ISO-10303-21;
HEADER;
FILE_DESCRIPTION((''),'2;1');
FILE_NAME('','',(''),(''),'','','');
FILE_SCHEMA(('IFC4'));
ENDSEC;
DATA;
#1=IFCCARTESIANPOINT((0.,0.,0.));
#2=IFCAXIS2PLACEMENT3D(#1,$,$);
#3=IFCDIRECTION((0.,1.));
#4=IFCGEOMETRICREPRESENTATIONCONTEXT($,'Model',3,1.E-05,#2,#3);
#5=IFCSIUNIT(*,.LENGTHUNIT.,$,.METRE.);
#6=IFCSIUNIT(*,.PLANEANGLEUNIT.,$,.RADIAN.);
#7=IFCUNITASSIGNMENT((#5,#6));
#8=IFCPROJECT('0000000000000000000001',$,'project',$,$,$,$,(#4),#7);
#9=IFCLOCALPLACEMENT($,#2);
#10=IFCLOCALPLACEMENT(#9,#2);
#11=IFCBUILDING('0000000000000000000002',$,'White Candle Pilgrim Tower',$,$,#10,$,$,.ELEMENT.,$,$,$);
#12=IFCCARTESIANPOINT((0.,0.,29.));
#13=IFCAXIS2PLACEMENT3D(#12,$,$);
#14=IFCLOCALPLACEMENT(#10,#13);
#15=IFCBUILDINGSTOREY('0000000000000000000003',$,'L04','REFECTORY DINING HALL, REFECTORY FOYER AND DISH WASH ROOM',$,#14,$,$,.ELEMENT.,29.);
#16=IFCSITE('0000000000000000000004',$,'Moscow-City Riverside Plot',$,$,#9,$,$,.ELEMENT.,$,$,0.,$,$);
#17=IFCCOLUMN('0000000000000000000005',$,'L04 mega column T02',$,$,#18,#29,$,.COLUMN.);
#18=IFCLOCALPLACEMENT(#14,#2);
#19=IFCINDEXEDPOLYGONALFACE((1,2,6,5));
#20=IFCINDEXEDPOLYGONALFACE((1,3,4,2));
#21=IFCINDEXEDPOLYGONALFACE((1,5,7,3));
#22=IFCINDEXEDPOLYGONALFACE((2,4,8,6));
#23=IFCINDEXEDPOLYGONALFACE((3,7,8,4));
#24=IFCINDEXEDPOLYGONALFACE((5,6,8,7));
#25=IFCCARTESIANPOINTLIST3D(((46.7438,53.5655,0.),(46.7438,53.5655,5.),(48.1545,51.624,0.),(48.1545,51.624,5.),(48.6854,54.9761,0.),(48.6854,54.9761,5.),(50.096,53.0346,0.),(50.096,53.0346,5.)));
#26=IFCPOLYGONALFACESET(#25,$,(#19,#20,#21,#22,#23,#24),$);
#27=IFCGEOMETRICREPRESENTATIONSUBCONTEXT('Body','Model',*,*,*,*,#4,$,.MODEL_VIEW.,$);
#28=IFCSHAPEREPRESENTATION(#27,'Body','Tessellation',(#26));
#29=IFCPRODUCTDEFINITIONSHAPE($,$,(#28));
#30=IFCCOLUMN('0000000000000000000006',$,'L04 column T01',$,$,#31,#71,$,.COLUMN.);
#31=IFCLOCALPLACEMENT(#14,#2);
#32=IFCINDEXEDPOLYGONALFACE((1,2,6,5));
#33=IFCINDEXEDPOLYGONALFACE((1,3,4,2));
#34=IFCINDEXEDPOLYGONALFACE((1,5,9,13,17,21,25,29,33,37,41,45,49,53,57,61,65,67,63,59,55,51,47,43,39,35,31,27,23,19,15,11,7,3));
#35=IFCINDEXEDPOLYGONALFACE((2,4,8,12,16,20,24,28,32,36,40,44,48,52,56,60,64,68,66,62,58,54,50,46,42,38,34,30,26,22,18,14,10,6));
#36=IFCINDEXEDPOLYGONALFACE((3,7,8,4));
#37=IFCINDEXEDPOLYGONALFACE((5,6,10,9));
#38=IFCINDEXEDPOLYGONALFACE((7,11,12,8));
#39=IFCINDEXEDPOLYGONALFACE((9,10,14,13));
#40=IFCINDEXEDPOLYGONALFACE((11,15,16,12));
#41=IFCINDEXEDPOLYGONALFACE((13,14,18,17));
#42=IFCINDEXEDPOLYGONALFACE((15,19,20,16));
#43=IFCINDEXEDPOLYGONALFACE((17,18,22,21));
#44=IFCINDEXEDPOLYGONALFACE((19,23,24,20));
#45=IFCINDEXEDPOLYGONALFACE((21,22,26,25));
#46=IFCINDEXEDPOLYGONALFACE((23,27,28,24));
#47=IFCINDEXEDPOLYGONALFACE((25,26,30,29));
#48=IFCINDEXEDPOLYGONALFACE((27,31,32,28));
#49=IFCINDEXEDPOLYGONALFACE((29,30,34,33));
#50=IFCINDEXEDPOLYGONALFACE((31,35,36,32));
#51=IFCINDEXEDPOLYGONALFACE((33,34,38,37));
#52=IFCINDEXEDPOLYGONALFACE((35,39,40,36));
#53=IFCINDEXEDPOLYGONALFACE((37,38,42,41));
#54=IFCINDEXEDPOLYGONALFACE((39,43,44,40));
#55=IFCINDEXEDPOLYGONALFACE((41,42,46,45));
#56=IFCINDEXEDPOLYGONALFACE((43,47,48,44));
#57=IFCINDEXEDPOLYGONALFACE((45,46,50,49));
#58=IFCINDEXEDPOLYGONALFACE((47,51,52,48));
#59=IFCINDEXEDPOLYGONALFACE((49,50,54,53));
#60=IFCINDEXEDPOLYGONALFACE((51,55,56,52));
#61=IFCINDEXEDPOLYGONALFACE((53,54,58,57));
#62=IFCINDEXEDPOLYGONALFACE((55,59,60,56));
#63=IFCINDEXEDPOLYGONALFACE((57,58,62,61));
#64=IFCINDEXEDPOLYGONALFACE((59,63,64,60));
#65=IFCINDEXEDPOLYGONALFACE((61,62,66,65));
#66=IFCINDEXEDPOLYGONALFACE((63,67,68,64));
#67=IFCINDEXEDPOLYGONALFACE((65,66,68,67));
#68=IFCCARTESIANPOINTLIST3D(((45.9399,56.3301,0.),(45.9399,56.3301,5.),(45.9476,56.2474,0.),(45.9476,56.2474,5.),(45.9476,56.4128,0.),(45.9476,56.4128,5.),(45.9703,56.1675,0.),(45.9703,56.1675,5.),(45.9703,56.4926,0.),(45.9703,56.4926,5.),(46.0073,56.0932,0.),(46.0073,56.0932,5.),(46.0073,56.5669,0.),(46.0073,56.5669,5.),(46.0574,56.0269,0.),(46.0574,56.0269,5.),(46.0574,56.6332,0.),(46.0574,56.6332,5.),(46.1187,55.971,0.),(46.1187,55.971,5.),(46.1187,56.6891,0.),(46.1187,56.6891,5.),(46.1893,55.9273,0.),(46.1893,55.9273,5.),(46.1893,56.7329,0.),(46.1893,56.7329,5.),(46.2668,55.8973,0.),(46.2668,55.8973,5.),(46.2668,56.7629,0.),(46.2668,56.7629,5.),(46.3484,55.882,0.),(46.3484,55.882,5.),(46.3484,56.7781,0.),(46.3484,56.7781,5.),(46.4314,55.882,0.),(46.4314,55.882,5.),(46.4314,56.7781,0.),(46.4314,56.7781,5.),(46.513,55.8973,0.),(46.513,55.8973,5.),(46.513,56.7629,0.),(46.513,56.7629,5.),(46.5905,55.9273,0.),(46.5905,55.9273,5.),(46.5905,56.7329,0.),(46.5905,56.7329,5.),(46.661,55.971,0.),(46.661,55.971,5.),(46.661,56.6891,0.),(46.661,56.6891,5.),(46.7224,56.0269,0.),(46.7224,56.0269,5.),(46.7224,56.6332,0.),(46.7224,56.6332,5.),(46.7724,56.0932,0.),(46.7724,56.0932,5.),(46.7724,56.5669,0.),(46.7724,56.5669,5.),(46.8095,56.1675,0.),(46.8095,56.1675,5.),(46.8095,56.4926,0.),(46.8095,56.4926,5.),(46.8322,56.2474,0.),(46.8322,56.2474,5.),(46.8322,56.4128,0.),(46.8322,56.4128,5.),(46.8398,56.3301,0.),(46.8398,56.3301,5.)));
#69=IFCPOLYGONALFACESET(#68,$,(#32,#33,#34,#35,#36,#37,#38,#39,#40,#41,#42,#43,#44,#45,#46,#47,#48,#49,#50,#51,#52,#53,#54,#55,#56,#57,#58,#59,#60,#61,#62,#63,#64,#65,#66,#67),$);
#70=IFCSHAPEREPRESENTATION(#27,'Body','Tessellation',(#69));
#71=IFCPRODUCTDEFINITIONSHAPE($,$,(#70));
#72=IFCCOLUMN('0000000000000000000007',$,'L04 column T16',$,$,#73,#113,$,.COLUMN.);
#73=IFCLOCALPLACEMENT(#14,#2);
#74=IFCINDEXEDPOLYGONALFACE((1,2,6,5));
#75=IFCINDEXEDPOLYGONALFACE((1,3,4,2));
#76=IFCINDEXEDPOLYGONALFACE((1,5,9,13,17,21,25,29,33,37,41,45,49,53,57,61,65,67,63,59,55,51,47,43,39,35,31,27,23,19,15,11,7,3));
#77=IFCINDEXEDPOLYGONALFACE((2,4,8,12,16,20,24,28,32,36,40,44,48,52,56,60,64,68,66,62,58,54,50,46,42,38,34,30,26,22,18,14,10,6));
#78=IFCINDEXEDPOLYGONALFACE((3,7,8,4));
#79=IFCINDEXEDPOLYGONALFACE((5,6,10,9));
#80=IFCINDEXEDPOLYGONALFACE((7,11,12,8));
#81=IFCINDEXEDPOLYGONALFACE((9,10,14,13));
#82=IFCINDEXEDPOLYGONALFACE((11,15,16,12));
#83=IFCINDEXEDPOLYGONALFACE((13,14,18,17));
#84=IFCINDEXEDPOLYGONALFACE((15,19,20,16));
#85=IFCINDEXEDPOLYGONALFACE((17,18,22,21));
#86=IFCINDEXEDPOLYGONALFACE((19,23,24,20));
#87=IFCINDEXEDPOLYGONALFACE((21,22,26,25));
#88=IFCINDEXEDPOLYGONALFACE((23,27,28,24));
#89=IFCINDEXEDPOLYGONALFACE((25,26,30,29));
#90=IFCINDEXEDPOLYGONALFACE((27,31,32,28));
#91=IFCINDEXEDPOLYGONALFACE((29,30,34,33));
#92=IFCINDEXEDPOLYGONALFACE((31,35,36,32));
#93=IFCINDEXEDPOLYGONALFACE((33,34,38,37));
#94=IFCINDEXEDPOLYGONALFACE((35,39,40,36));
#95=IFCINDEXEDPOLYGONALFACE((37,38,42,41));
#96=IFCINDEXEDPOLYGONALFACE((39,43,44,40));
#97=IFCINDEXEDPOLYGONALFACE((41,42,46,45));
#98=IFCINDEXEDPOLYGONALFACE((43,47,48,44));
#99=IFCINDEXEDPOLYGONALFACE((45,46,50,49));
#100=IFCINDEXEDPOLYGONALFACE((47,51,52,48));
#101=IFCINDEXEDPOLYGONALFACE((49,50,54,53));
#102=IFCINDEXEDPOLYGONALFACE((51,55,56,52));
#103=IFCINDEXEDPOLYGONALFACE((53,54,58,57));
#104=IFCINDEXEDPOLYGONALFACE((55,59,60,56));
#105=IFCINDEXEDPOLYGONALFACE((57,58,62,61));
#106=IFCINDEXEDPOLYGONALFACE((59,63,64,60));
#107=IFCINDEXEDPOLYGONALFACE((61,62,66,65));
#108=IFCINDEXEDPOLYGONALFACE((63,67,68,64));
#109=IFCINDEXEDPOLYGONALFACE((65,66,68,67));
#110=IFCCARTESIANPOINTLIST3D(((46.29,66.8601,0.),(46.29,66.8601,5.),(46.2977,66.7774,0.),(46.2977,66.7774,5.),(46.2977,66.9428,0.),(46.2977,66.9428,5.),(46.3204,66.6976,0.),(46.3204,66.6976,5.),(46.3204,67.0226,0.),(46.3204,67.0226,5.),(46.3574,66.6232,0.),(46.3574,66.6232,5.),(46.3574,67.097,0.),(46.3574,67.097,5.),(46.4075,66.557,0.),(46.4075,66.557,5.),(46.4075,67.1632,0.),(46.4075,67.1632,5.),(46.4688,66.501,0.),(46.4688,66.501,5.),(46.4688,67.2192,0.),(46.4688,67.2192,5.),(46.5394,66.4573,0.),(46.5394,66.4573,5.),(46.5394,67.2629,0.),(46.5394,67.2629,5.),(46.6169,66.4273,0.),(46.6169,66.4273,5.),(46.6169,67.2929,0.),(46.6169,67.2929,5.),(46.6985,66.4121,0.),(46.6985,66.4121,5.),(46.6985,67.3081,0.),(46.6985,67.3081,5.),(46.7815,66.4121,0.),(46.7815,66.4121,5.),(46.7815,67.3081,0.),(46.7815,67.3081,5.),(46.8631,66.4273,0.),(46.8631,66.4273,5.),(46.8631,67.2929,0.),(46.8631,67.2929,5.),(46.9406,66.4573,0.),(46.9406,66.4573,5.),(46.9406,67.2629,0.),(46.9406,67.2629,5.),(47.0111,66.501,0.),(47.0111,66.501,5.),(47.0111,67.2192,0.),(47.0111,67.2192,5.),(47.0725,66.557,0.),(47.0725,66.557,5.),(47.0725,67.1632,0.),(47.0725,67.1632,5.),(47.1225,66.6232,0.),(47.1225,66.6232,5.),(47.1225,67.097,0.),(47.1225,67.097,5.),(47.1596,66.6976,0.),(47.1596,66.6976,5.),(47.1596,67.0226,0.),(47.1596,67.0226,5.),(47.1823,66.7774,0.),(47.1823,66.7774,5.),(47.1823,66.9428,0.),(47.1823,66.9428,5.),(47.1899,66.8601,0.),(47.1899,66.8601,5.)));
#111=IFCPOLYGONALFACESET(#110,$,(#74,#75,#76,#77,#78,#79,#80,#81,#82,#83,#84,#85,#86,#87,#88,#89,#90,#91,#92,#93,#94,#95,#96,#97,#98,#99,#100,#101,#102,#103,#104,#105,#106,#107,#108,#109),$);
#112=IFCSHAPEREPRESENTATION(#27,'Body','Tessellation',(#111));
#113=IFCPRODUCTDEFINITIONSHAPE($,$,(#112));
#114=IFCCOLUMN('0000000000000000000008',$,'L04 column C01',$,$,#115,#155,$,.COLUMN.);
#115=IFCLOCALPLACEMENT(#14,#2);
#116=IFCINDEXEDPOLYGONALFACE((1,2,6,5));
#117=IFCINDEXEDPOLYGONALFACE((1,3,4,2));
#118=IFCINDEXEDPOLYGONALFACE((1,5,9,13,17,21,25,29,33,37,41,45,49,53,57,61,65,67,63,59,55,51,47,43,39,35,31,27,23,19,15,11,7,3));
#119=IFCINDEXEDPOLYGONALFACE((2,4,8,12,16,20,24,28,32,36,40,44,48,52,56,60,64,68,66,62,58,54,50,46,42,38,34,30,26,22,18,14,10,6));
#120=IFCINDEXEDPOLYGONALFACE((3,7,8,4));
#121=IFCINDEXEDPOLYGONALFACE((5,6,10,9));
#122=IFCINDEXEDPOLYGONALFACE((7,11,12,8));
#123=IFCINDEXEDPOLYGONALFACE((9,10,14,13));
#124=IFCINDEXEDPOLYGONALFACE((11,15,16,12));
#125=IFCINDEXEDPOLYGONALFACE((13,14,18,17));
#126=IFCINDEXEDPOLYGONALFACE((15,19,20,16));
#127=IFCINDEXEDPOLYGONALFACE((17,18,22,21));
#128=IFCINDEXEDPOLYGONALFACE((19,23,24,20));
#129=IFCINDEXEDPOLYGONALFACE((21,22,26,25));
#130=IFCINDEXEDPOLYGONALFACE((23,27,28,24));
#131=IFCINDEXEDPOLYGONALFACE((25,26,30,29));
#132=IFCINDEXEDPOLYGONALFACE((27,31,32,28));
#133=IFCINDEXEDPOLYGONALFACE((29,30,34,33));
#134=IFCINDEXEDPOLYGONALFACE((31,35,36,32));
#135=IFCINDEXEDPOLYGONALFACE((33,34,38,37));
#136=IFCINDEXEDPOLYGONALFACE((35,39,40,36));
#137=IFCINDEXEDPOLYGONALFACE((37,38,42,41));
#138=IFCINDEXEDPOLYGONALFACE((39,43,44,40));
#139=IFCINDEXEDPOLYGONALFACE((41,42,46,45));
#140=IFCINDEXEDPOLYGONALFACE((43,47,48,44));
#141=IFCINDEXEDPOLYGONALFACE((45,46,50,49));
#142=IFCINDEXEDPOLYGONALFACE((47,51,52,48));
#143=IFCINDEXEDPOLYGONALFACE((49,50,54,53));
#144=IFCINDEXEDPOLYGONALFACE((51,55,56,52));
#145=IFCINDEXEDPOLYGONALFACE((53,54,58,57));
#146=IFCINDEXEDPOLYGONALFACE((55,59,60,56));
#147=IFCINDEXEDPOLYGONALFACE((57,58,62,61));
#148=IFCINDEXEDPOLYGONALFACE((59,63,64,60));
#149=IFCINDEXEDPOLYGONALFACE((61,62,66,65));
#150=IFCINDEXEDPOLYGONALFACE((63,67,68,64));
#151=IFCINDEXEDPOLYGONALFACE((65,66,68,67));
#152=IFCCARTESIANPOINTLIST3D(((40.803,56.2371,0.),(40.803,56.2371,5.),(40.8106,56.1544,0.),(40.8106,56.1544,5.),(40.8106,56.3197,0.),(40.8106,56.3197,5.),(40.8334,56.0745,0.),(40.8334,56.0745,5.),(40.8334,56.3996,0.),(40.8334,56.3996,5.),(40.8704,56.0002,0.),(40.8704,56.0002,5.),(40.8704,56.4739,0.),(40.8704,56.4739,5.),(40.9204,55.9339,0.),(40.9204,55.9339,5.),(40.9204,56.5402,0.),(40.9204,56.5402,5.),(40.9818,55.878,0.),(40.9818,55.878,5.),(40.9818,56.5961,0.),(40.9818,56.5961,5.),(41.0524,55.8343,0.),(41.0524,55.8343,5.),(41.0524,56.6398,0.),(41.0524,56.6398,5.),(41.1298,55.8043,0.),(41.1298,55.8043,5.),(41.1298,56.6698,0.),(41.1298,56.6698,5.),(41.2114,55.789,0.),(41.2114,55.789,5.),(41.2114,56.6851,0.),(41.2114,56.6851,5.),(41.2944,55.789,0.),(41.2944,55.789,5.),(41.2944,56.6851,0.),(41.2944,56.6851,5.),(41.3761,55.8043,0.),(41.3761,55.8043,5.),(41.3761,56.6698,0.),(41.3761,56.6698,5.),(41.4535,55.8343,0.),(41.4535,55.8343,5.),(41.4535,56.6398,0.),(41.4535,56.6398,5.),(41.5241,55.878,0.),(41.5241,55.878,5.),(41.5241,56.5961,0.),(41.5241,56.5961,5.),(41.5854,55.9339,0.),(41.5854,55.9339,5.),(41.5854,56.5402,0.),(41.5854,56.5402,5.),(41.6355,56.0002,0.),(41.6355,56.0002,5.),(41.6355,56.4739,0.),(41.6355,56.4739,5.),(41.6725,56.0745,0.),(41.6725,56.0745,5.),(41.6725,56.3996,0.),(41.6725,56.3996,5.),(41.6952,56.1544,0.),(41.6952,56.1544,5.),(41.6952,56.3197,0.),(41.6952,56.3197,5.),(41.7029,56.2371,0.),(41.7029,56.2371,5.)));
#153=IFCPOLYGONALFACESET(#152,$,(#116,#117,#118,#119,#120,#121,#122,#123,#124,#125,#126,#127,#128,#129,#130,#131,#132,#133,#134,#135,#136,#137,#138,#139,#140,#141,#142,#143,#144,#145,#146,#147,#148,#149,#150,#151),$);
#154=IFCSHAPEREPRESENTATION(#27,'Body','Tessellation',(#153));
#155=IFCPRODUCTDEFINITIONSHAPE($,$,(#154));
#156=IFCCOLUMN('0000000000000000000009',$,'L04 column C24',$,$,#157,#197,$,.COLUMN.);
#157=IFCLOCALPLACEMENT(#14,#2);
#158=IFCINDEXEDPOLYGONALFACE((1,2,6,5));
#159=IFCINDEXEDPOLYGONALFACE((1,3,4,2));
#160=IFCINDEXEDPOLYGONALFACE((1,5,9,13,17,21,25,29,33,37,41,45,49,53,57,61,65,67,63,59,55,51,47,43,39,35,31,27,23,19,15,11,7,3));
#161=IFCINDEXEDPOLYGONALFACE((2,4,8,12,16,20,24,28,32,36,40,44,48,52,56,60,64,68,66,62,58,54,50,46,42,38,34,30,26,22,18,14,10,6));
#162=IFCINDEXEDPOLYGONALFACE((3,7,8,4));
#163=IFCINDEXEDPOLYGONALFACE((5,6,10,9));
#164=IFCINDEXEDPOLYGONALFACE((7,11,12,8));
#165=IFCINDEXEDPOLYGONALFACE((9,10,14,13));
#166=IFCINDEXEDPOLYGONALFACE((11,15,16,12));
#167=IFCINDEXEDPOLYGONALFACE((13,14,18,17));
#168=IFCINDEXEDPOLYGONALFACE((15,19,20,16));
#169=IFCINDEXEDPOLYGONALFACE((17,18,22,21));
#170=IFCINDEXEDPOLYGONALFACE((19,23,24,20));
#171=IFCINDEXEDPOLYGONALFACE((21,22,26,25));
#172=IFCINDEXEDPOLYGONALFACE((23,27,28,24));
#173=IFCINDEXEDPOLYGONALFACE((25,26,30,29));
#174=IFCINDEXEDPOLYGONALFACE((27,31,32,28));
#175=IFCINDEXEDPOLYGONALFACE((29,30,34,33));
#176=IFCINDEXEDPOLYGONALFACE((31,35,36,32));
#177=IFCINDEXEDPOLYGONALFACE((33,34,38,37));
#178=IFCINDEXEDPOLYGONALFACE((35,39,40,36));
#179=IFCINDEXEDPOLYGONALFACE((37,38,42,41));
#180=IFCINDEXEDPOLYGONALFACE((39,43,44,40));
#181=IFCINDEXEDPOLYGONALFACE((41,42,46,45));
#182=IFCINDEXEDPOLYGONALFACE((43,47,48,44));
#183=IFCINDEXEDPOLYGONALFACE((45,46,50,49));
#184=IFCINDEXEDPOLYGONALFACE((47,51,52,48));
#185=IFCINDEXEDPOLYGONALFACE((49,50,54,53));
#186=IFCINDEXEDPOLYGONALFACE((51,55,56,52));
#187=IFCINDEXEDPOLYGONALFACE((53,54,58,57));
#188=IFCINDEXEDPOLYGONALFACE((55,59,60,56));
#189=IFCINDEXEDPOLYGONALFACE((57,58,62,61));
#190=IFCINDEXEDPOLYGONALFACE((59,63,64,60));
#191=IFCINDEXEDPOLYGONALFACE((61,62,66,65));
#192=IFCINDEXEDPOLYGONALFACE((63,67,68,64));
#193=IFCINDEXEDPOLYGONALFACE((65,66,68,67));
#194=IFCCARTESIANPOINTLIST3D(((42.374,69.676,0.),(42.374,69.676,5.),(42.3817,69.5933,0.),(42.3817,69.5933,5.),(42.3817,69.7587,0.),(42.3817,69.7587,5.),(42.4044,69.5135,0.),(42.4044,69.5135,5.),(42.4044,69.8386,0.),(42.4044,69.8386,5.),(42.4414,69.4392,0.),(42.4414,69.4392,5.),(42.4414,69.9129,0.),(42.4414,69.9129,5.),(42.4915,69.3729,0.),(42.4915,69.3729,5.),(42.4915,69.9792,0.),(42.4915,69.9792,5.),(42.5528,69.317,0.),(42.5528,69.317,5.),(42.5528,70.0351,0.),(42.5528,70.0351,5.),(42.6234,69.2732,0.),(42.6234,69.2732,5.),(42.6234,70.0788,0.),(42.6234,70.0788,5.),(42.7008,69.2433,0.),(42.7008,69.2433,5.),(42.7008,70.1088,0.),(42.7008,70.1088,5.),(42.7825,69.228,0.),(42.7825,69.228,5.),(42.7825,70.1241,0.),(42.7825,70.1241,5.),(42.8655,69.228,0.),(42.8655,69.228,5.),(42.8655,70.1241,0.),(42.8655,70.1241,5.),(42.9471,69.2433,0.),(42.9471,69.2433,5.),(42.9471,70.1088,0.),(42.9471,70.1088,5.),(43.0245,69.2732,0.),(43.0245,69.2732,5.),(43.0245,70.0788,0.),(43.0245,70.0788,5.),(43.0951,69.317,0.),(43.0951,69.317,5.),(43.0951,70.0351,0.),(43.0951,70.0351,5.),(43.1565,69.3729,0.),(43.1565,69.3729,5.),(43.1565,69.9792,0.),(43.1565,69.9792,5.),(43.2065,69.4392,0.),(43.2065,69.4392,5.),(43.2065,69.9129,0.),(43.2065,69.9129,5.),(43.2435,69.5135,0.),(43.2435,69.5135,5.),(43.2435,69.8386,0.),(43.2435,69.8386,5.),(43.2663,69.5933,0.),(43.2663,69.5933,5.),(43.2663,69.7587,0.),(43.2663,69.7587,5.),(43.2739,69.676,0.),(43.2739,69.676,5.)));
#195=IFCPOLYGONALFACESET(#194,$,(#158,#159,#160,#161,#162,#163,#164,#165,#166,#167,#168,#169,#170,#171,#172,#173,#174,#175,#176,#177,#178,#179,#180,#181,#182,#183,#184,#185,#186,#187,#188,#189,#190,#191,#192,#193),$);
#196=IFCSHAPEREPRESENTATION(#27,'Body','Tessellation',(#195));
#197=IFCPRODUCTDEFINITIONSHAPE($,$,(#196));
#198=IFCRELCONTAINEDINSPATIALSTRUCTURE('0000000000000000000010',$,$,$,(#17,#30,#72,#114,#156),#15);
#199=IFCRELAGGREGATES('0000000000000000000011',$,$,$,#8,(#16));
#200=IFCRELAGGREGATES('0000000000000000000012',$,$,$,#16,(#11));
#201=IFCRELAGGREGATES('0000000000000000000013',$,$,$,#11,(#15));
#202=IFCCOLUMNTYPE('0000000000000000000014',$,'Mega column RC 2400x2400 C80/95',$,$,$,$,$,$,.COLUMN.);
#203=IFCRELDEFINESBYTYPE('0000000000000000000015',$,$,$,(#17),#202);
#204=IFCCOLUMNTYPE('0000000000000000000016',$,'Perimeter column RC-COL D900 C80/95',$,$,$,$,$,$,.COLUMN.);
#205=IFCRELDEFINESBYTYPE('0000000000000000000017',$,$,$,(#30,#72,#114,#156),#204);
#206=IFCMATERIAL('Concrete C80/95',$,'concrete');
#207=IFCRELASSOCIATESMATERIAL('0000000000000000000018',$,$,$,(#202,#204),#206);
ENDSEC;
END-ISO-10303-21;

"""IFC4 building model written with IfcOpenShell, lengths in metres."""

from ifc_helpers import new_model, si_unit, direction, frame, origin, origin_2d, place, context, subcontext, project, spatial, rectangle, circle, extrude, material, material_profile, profile_set, type_object, element, save


model = new_model("IFC4")

# Units and contexts
model_context = context("Model", 3, precision=1e-05, world=origin(), true_north=direction((0.0, 1.0)))
body_context = subcontext(model_context, "Body", "Model", "MODEL_VIEW")
ifc_project = project(units=[si_unit("LENGTHUNIT", "METRE"), si_unit("PLANEANGLEUNIT", "RADIAN")], contexts=[model_context])

# Site, building, storey
site_placement = place(None, origin())
site = spatial("IfcSite", under=ifc_project, at=site_placement, Name="Moscow-City Riverside Plot", CompositionType="ELEMENT", RefElevation=0.0)
building_placement = place(site_placement, origin())
building = spatial("IfcBuilding", under=site, at=building_placement, Name="White Candle Pilgrim Tower", CompositionType="ELEMENT")
storey_placement = place(building_placement, frame((0.0, 0.0, 29.0)))
storey = spatial("IfcBuildingStorey", under=building, at=storey_placement, Name="L04", Description="REFECTORY DINING HALL, REFECTORY FOYER AND DISH WASH ROOM", CompositionType="ELEMENT", Elevation=29.0)

# Columns
ifc_material_1 = material(Name="Concrete C80/95", Category="concrete")
ifc_material_profile_1 = material_profile(ifc_material_1, rectangle(XDim=2.3999, YDim=2.3999, at=origin_2d()), Name="RC 2400x2400")
ifc_profile_set_1 = profile_set([ifc_material_profile_1], Name="Concrete C80/95")
column_type_1 = type_object("IfcColumnType", Name="Mega column RC 2400x2400 C80/95", PredefinedType="COLUMN", material=ifc_profile_set_1)
column_placement = place(storey_placement, frame((48.4199, 53.3, 0.0), z_axis=(0.0, 0.0, 1.0), x_axis=(-0.809017, -0.587785, 0.0)))
element("IfcColumn", 1, at=column_placement, inside=storey, type_object=column_type_1, Name="L04 mega column T02", PredefinedType="COLUMN", context=body_context, shape_type="SweptSolid", body=[
    extrude(rectangle(XDim=2.3999, YDim=2.3999, at=origin_2d()), origin(), (0.0, 0.0, 1.0), 5.0),
])
ifc_material_profile_2 = material_profile(ifc_material_1, circle(Radius=0.45, at=origin_2d()), Name="RC-COL D900")
ifc_profile_set_2 = profile_set([ifc_material_profile_2], Name="Concrete C80/95")
column_type_2 = type_object("IfcColumnType", Name="Perimeter column RC-COL D900 C80/95", PredefinedType="COLUMN", material=ifc_profile_set_2)
for number, where, z_axis, x_axis, name in (
    (2, (46.3899, 56.3301, 0.0), (0.0, 0.0, 1.0), (1.0, 0.0, 0.0), "L04 column T01"),
    (3, (46.74, 66.8601, 0.0), (0.0, 0.0, 1.0), (1.0, 0.0, 0.0), "L04 column T16"),
    (4, (41.2529, 56.2371, 0.0), (0.0, 0.0, 1.0), (1.0, 0.0, 0.0), "L04 column C01"),
    (5, (42.824, 69.676, 0.0), (0.0, 0.0, 1.0), (1.0, 0.0, 0.0), "L04 column C24"),
):
    element("IfcColumn", number, at=place(storey_placement, frame(where, z_axis=z_axis, x_axis=x_axis)), inside=storey, type_object=column_type_2, Name=name, PredefinedType="COLUMN", context=body_context, shape_type="SweptSolid", body=[
        extrude(circle(Radius=0.45, at=origin_2d()), origin(), (0.0, 0.0, 1.0), 5.0),
    ])

save(model, "model.ifc")
